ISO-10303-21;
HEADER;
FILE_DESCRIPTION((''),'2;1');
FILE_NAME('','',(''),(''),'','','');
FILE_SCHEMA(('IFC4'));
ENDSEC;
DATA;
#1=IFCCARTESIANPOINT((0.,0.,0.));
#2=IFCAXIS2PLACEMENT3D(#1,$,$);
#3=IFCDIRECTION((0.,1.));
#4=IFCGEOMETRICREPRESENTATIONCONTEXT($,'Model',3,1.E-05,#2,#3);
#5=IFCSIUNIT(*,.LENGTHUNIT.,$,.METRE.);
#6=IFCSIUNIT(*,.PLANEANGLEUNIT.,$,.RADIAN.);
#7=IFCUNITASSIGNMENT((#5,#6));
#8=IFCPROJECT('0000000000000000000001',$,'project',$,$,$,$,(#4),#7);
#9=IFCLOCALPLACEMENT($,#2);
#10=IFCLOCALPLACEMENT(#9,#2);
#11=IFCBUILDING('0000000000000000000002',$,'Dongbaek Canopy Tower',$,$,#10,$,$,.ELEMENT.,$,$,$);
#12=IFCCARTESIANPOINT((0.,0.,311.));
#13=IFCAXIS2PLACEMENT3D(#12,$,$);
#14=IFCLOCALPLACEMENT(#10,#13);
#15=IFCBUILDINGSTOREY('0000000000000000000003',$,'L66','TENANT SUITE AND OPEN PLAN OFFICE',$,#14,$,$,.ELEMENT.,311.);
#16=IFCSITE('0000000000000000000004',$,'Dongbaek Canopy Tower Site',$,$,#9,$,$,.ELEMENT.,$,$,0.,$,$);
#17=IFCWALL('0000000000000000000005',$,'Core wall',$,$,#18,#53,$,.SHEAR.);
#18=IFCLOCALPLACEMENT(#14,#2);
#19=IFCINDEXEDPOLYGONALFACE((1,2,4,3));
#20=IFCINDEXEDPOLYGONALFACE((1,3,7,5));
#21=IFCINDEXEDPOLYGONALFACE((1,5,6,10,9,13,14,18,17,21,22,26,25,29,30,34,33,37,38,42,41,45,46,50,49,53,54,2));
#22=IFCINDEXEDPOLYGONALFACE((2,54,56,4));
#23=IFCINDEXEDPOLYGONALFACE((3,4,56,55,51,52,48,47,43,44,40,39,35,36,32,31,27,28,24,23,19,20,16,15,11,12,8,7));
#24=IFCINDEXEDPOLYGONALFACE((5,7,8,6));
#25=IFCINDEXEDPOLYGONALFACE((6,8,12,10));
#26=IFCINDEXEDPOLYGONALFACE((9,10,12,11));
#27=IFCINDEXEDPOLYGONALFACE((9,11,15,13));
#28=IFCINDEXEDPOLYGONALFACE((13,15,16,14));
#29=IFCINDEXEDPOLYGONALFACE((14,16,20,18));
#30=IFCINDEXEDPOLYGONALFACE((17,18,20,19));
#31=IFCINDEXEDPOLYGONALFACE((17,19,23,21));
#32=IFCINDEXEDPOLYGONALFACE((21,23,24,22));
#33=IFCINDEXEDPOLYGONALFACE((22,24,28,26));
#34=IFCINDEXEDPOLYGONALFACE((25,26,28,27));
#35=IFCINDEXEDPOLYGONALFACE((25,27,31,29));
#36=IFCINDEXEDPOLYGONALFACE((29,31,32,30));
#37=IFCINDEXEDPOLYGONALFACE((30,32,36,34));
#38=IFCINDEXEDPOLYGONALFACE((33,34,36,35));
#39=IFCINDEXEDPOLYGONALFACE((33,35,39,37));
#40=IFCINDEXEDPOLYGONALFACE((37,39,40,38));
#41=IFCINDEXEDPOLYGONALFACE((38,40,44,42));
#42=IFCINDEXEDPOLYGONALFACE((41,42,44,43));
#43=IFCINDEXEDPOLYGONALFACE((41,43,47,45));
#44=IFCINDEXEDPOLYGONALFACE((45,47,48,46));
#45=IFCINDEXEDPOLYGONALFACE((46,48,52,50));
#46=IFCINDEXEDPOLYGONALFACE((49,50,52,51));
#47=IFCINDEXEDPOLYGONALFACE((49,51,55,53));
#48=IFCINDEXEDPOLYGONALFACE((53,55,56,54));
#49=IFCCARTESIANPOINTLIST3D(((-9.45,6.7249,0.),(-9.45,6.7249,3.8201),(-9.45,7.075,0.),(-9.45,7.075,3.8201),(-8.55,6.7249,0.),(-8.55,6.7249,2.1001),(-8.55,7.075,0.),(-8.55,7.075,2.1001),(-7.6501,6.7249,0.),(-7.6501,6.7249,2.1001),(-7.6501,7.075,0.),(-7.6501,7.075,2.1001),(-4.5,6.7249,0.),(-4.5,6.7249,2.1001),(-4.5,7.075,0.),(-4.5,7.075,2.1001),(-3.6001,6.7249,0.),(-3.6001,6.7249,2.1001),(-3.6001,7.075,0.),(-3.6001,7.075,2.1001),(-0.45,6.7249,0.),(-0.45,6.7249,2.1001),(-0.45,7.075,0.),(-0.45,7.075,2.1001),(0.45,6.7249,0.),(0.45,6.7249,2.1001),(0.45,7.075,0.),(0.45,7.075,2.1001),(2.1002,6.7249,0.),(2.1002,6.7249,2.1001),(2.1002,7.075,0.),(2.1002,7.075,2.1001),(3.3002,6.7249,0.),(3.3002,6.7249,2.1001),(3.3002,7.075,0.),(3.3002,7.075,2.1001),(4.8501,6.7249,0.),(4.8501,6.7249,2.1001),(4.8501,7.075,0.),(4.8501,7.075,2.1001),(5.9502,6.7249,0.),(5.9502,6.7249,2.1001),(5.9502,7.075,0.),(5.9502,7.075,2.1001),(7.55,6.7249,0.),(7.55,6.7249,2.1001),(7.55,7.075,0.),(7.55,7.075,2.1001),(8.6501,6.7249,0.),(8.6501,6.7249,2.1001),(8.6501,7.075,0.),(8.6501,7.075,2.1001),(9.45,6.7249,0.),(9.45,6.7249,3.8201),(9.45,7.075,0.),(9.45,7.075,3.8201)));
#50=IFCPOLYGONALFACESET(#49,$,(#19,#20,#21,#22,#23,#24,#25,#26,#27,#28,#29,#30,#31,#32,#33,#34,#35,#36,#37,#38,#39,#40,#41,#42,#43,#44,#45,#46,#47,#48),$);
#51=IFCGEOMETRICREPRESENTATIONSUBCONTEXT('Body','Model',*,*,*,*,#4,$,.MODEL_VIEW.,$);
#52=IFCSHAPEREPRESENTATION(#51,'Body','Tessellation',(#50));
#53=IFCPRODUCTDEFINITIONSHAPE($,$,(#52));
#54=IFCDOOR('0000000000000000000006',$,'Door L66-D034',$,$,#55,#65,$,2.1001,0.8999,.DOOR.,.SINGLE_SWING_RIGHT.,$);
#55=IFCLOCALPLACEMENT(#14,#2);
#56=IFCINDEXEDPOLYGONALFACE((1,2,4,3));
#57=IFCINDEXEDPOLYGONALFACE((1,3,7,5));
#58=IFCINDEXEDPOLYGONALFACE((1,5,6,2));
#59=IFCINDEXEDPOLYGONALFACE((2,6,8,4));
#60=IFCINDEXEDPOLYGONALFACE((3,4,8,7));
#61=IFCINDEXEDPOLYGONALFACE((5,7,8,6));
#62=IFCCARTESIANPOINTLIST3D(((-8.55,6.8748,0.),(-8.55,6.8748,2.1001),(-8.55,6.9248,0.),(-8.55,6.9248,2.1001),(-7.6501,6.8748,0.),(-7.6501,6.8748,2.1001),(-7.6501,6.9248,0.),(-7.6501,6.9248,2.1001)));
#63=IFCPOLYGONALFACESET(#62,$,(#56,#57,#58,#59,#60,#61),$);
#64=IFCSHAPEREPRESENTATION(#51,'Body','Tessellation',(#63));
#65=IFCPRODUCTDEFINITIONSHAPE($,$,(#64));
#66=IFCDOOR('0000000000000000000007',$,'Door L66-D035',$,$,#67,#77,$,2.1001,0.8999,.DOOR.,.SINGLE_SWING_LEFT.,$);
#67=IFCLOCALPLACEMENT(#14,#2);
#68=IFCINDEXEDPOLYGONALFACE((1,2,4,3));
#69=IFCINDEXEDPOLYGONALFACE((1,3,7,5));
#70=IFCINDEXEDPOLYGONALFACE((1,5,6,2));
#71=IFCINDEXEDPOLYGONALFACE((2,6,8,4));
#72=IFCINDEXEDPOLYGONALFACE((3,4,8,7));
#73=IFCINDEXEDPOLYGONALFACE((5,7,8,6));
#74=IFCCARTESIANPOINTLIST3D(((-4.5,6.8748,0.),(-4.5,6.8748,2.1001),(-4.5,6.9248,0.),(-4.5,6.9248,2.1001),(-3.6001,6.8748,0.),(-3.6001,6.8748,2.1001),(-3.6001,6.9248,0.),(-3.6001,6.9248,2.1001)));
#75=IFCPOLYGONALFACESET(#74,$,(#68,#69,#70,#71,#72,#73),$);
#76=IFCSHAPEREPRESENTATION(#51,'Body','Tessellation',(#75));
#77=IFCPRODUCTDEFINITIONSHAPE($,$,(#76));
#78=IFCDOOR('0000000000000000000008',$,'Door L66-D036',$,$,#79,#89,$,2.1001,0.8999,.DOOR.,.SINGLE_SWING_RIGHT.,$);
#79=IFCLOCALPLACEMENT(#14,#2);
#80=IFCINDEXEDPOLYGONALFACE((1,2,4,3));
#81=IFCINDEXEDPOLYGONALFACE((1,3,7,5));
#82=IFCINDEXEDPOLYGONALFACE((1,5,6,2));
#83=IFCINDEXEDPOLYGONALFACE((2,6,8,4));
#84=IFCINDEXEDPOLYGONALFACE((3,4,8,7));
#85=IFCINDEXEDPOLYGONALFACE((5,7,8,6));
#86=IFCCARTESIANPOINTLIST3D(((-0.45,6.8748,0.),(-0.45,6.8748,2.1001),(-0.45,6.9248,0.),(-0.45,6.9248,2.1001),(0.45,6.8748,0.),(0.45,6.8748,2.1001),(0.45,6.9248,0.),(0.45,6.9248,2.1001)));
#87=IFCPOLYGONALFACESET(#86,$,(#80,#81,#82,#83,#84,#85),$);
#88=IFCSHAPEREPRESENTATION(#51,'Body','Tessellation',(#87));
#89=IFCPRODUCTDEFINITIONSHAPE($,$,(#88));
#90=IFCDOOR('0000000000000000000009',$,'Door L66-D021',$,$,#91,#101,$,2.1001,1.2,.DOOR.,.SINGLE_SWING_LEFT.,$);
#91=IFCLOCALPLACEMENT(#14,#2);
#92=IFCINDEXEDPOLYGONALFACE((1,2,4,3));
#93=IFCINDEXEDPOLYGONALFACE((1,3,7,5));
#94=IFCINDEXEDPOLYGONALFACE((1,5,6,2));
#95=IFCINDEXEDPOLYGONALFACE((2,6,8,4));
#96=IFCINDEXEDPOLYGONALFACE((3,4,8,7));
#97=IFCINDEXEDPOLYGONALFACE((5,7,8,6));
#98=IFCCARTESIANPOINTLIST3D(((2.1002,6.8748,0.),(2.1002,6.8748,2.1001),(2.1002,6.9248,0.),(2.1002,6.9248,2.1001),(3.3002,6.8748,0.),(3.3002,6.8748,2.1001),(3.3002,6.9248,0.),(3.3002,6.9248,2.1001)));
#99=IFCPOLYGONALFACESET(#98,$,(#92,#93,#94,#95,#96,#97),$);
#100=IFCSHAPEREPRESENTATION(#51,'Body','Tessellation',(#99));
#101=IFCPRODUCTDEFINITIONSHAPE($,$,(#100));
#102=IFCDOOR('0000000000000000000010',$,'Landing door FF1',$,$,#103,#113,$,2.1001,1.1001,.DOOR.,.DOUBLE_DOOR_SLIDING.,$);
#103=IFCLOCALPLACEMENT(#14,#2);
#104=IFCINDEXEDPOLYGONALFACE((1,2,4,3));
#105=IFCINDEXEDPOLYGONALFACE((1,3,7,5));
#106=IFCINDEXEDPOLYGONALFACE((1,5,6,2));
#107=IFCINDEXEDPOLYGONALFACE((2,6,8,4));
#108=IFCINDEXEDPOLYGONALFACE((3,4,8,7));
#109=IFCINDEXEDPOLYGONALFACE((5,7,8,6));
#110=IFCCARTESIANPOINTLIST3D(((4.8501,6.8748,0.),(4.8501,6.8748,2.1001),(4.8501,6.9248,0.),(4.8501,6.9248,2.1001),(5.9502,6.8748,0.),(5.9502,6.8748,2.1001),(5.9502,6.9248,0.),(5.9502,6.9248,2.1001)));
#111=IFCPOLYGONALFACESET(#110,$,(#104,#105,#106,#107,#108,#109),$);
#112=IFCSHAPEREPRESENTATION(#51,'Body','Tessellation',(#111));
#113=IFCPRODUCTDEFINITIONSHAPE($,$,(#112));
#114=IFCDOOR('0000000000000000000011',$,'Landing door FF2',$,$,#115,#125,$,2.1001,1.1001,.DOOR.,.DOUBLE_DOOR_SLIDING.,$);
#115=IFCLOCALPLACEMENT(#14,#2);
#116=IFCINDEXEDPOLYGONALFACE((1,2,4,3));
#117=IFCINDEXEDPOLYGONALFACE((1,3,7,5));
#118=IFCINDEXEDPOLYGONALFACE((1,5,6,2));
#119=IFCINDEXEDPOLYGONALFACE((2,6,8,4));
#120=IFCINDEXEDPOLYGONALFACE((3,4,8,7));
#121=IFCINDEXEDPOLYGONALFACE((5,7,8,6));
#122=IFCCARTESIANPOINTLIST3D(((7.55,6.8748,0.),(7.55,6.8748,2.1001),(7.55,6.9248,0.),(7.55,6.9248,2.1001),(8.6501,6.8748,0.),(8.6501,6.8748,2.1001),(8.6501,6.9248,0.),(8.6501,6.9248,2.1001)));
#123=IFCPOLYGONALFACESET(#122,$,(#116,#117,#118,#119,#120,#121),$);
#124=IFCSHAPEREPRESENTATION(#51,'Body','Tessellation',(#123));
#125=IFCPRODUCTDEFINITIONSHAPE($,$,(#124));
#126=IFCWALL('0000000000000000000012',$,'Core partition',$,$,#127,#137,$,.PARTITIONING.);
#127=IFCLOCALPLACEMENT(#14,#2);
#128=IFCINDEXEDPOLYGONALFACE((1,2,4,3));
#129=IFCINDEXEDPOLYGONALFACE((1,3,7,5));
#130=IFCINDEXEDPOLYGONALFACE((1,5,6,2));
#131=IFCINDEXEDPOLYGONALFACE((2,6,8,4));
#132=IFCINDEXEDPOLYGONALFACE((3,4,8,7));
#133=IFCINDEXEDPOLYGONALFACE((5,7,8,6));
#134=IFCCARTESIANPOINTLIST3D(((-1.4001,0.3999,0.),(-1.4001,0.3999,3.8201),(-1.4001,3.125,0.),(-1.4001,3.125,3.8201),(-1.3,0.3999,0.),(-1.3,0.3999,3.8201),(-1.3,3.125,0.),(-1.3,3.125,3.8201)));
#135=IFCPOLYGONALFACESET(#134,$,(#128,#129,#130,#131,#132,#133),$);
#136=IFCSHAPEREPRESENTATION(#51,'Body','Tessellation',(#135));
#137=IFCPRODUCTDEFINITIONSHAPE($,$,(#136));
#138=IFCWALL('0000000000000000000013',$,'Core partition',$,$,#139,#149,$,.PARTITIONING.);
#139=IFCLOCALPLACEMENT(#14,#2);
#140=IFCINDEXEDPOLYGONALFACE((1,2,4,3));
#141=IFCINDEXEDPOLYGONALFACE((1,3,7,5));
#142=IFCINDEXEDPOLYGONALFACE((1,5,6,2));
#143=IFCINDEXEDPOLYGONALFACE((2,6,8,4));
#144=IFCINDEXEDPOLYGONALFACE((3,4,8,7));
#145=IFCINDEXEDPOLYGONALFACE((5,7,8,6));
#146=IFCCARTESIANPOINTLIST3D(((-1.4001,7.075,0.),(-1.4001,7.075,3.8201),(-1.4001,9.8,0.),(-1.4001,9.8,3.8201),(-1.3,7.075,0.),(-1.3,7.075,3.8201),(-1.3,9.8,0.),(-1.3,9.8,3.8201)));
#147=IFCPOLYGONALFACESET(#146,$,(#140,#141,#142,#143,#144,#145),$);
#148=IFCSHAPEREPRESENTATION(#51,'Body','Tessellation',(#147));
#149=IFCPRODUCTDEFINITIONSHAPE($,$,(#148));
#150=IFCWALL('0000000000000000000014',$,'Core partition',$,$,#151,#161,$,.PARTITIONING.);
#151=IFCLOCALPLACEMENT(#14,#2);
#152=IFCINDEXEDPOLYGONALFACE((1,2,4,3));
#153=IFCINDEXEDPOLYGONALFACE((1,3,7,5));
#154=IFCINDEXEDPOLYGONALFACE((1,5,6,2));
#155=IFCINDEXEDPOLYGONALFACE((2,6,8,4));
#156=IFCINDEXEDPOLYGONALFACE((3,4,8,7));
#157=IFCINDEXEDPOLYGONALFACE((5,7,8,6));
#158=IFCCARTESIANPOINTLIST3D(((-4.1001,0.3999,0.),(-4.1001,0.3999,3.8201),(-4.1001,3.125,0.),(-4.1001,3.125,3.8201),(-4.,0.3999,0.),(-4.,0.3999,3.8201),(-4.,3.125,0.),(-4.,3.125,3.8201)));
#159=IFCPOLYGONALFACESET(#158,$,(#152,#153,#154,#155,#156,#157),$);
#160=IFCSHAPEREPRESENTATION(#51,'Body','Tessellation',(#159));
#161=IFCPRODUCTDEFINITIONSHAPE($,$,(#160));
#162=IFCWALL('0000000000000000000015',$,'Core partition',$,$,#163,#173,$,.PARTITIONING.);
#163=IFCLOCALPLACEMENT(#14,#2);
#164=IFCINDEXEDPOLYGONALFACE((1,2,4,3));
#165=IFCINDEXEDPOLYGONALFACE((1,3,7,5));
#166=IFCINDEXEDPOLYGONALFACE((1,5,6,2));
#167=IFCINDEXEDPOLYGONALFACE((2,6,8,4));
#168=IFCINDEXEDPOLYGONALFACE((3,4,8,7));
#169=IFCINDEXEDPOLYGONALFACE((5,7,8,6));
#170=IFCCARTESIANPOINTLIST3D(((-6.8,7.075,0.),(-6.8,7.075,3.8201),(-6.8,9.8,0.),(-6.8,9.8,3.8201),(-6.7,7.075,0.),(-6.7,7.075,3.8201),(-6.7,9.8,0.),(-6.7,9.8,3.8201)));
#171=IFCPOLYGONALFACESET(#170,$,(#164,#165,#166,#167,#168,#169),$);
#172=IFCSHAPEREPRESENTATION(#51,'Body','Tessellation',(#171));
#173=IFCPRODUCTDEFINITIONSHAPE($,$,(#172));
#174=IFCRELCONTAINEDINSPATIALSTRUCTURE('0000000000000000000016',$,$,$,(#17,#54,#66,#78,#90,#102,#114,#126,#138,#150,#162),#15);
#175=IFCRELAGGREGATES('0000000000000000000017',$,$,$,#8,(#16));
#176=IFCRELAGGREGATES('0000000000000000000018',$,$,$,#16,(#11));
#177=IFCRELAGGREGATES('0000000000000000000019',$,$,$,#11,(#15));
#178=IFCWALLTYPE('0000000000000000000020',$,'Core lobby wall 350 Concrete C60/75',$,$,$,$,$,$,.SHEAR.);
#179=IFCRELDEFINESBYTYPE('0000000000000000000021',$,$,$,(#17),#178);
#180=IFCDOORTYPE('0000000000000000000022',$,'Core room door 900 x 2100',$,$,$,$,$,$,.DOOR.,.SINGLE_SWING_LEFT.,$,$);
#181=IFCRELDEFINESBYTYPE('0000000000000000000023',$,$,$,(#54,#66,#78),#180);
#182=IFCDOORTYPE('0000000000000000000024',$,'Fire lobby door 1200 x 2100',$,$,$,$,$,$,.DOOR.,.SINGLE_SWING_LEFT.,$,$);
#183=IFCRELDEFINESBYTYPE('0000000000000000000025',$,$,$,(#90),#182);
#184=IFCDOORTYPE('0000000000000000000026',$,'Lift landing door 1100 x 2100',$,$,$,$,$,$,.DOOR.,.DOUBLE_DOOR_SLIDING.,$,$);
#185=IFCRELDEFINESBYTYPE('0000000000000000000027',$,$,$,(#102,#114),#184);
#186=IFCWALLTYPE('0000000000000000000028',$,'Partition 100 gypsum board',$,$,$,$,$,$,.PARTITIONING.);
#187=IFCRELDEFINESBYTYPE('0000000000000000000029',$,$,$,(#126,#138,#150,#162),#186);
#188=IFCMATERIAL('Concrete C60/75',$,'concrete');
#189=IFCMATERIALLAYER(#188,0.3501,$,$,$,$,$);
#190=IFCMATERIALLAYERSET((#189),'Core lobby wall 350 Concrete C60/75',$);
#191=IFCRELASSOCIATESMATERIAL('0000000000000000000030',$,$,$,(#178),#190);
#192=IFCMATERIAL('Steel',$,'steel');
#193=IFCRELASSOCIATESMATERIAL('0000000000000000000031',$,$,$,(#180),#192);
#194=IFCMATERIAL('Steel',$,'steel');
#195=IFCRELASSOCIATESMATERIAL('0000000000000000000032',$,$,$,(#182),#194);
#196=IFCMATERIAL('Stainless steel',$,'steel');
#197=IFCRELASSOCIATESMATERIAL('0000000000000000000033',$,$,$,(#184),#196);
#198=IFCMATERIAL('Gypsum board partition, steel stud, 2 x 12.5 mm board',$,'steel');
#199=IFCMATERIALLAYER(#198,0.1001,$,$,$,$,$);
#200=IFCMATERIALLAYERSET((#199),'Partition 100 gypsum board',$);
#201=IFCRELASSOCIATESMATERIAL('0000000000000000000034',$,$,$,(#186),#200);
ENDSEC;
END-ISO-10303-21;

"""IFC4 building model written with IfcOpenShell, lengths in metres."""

from ifc_helpers import new_model, si_unit, direction, frame, frame_2d, origin, place, context, subcontext, project, spatial, rectangle, extrude, material, layer, layer_set, type_object, element, fill, save


model = new_model("IFC4")

# Units and contexts
model_context = context("Model", 3, precision=1e-05, world=origin(), true_north=direction((0.0, 1.0)))
body_context = subcontext(model_context, "Body", "Model", "MODEL_VIEW")
ifc_project = project(units=[si_unit("LENGTHUNIT", "METRE"), si_unit("PLANEANGLEUNIT", "RADIAN")], contexts=[model_context])

# Site, building, storey
site_placement = place(None, origin())
site = spatial("IfcSite", under=ifc_project, at=site_placement, Name="Dongbaek Canopy Tower Site", CompositionType="ELEMENT", RefElevation=0.0)
building_placement = place(site_placement, origin())
building = spatial("IfcBuilding", under=site, at=building_placement, Name="Dongbaek Canopy Tower", CompositionType="ELEMENT")
storey_placement = place(building_placement, frame((0.0, 0.0, 311.0)))
storey = spatial("IfcBuildingStorey", under=building, at=storey_placement, Name="L66", Description="TENANT SUITE AND OPEN PLAN OFFICE", CompositionType="ELEMENT", Elevation=311.0)

# Wall, openings, doors
ifc_material_1 = material(Name="Concrete C60/75", Category="concrete")
ifc_layer_1 = layer(ifc_material_1, 0.3501)
ifc_layer_set_1 = layer_set([ifc_layer_1], Name="Core lobby wall 350 Concrete C60/75")
wall_type_1 = type_object("IfcWallType", Name="Core lobby wall 350 Concrete C60/75", PredefinedType="SHEAR", material=ifc_layer_set_1)
wall_1_placement = place(storey_placement, frame((-9.45, 6.8999, 0.0), z_axis=(0.0, 0.0, 1.0), x_axis=(1.0, 0.0, 0.0)))
wall_1 = element("IfcWall", 1, at=wall_1_placement, inside=storey, type_object=wall_type_1, Name="Core wall", PredefinedType="SHEAR", context=body_context, shape_type="SweptSolid", body=[
    extrude(rectangle(XDim=18.8999, YDim=0.3501, at=frame_2d((9.45, 0.0))), origin(), (0.0, 0.0, 1.0), 3.8201),
])
opening_1_placement = place(wall_1_placement, frame((11.55, 0.0, 0.0)))
opening_1 = element("IfcOpeningElement", 2, at=opening_1_placement, cuts=wall_1, PredefinedType="OPENING", context=body_context, shape_type="SweptSolid", body=[
    extrude(rectangle(XDim=1.2, YDim=2.1001, at=frame_2d((0.6001, 1.05))), frame((0.0, 0.1851, 0.0), z_axis=(0.0, -1.0, 0.0), x_axis=(1.0, 0.0, 0.0)), (0.0, 0.0, 1.0), 0.3701),
])
opening_2_placement = place(wall_1_placement, frame((14.3, 0.0, 0.0)))
opening_2 = element("IfcOpeningElement", 3, at=opening_2_placement, cuts=wall_1, PredefinedType="OPENING", context=body_context, shape_type="SweptSolid", body=[
    extrude(rectangle(XDim=1.1001, YDim=2.1001, at=frame_2d((0.55, 1.05))), frame((0.0, 0.1851, 0.0), z_axis=(0.0, -1.0, 0.0), x_axis=(1.0, 0.0, 0.0)), (0.0, 0.0, 1.0), 0.3701),
])
opening_3_placement = place(wall_1_placement, frame((17.0, 0.0, 0.0)))
opening_3 = element("IfcOpeningElement", 4, at=opening_3_placement, cuts=wall_1, PredefinedType="OPENING", context=body_context, shape_type="SweptSolid", body=[
    extrude(rectangle(XDim=1.1001, YDim=2.1001, at=frame_2d((0.55, 1.05))), frame((0.0, 0.1851, 0.0), z_axis=(0.0, -1.0, 0.0), x_axis=(1.0, 0.0, 0.0)), (0.0, 0.0, 1.0), 0.3701),
])
opening_4_placement = place(wall_1_placement, frame((0.8999, 0.0, 0.0)))
opening_4 = element("IfcOpeningElement", 5, at=opening_4_placement, cuts=wall_1, PredefinedType="OPENING", context=body_context, shape_type="SweptSolid", body=[
    extrude(rectangle(XDim=0.8999, YDim=2.1001, at=frame_2d((0.45, 1.05))), frame((0.0, 0.1851, 0.0), z_axis=(0.0, -1.0, 0.0), x_axis=(1.0, 0.0, 0.0)), (0.0, 0.0, 1.0), 0.3701),
])
opening_5_placement = place(wall_1_placement, frame((4.95, 0.0, 0.0)))
opening_5 = element("IfcOpeningElement", 6, at=opening_5_placement, cuts=wall_1, PredefinedType="OPENING", context=body_context, shape_type="SweptSolid", body=[
    extrude(rectangle(XDim=0.8999, YDim=2.1001, at=frame_2d((0.45, 1.05))), frame((0.0, 0.1851, 0.0), z_axis=(0.0, -1.0, 0.0), x_axis=(1.0, 0.0, 0.0)), (0.0, 0.0, 1.0), 0.3701),
])
opening_6_placement = place(wall_1_placement, frame((9.0, 0.0, 0.0)))
opening_6 = element("IfcOpeningElement", 7, at=opening_6_placement, cuts=wall_1, PredefinedType="OPENING", context=body_context, shape_type="SweptSolid", body=[
    extrude(rectangle(XDim=0.8999, YDim=2.1001, at=frame_2d((0.45, 1.05))), frame((0.0, 0.1851, 0.0), z_axis=(0.0, -1.0, 0.0), x_axis=(1.0, 0.0, 0.0)), (0.0, 0.0, 1.0), 0.3701),
])
ifc_material_2 = material(Name="Steel", Category="steel")
door_type_1 = type_object("IfcDoorType", Name="Core room door 900 x 2100", OperationType="SINGLE_SWING_LEFT", PredefinedType="DOOR", material=ifc_material_2)
door_1_placement = place(opening_4_placement, origin())
door_1 = element("IfcDoor", 8, at=door_1_placement, inside=storey, type_object=door_type_1, Name="Door L66-D034", OperationType="SINGLE_SWING_RIGHT", OverallHeight=2.1001, OverallWidth=0.8999, PredefinedType="DOOR", context=body_context, shape_type="SweptSolid", body=[
    extrude(rectangle(XDim=0.8999, YDim=2.1001, at=frame_2d((0.45, 1.05))), frame((0.0, 0.0249, 0.0), z_axis=(0.0, -1.0, 0.0), x_axis=(1.0, 0.0, 0.0)), (0.0, 0.0, 1.0), 0.05),
])
fill(opening_4, door_1)
door_2_placement = place(opening_5_placement, origin())
door_2 = element("IfcDoor", 9, at=door_2_placement, inside=storey, type_object=door_type_1, Name="Door L66-D035", OperationType="SINGLE_SWING_LEFT", OverallHeight=2.1001, OverallWidth=0.8999, PredefinedType="DOOR", context=body_context, shape_type="SweptSolid", body=[
    extrude(rectangle(XDim=0.8999, YDim=2.1001, at=frame_2d((0.45, 1.05))), frame((0.0, 0.0249, 0.0), z_axis=(0.0, -1.0, 0.0), x_axis=(1.0, 0.0, 0.0)), (0.0, 0.0, 1.0), 0.05),
])
fill(opening_5, door_2)
door_3_placement = place(opening_6_placement, origin())
door_3 = element("IfcDoor", 10, at=door_3_placement, inside=storey, type_object=door_type_1, Name="Door L66-D036", OperationType="SINGLE_SWING_RIGHT", OverallHeight=2.1001, OverallWidth=0.8999, PredefinedType="DOOR", context=body_context, shape_type="SweptSolid", body=[
    extrude(rectangle(XDim=0.8999, YDim=2.1001, at=frame_2d((0.45, 1.05))), frame((0.0, 0.0249, 0.0), z_axis=(0.0, -1.0, 0.0), x_axis=(1.0, 0.0, 0.0)), (0.0, 0.0, 1.0), 0.05),
])
fill(opening_6, door_3)
ifc_material_3 = material(Name="Steel", Category="steel")
door_type_2 = type_object("IfcDoorType", Name="Fire lobby door 1200 x 2100", OperationType="SINGLE_SWING_LEFT", PredefinedType="DOOR", material=ifc_material_3)
door_4_placement = place(opening_1_placement, origin())
door_4 = element("IfcDoor", 11, at=door_4_placement, inside=storey, type_object=door_type_2, Name="Door L66-D021", OperationType="SINGLE_SWING_LEFT", OverallHeight=2.1001, OverallWidth=1.2, PredefinedType="DOOR", context=body_context, shape_type="SweptSolid", body=[
    extrude(rectangle(XDim=1.2, YDim=2.1001, at=frame_2d((0.6001, 1.05))), frame((0.0, 0.0249, 0.0), z_axis=(0.0, -1.0, 0.0), x_axis=(1.0, 0.0, 0.0)), (0.0, 0.0, 1.0), 0.05),
])
fill(opening_1, door_4)
ifc_material_4 = material(Name="Stainless steel", Category="steel")
door_type_3 = type_object("IfcDoorType", Name="Lift landing door 1100 x 2100", OperationType="DOUBLE_DOOR_SLIDING", PredefinedType="DOOR", material=ifc_material_4)
door_5_placement = place(opening_2_placement, origin())
door_5 = element("IfcDoor", 12, at=door_5_placement, inside=storey, type_object=door_type_3, Name="Landing door FF1", OperationType="DOUBLE_DOOR_SLIDING", OverallHeight=2.1001, OverallWidth=1.1001, PredefinedType="DOOR", context=body_context, shape_type="SweptSolid", body=[
    extrude(rectangle(XDim=1.1001, YDim=2.1001, at=frame_2d((0.55, 1.05))), frame((0.0, 0.0249, 0.0), z_axis=(0.0, -1.0, 0.0), x_axis=(1.0, 0.0, 0.0)), (0.0, 0.0, 1.0), 0.05),
])
fill(opening_2, door_5)
door_6_placement = place(opening_3_placement, origin())
door_6 = element("IfcDoor", 13, at=door_6_placement, inside=storey, type_object=door_type_3, Name="Landing door FF2", OperationType="DOUBLE_DOOR_SLIDING", OverallHeight=2.1001, OverallWidth=1.1001, PredefinedType="DOOR", context=body_context, shape_type="SweptSolid", body=[
    extrude(rectangle(XDim=1.1001, YDim=2.1001, at=frame_2d((0.55, 1.05))), frame((0.0, 0.0249, 0.0), z_axis=(0.0, -1.0, 0.0), x_axis=(1.0, 0.0, 0.0)), (0.0, 0.0, 1.0), 0.05),
])
fill(opening_3, door_6)

# Walls
ifc_material_5 = material(Name="Gypsum board partition, steel stud, 2 x 12.5 mm board", Category="steel")
ifc_layer_2 = layer(ifc_material_5, 0.1001)
ifc_layer_set_2 = layer_set([ifc_layer_2], Name="Partition 100 gypsum board")
wall_type_2 = type_object("IfcWallType", Name="Partition 100 gypsum board", PredefinedType="PARTITIONING", material=ifc_layer_set_2)
for number, where, z_axis, x_axis, name in (
    (14, (-1.3501, 0.3999, 0.0), (0.0, 0.0, 1.0), (0.0, 1.0, 0.0), "Core partition"),
    (15, (-1.3501, 7.075, 0.0), (0.0, 0.0, 1.0), (0.0, 1.0, 0.0), "Core partition"),
    (16, (-4.05, 0.3999, 0.0), (0.0, 0.0, 1.0), (0.0, 1.0, 0.0), "Core partition"),
    (17, (-6.75, 7.075, 0.0), (0.0, 0.0, 1.0), (0.0, 1.0, 0.0), "Core partition"),
):
    element("IfcWall", number, at=place(storey_placement, frame(where, z_axis=z_axis, x_axis=x_axis)), inside=storey, type_object=wall_type_2, Name=name, PredefinedType="PARTITIONING", context=body_context, shape_type="SweptSolid", body=[
        extrude(rectangle(XDim=2.7251, YDim=0.1001, at=frame_2d((1.3625, 0.0))), origin(), (0.0, 0.0, 1.0), 3.8201),
    ])

save(model, "model.ifc")
